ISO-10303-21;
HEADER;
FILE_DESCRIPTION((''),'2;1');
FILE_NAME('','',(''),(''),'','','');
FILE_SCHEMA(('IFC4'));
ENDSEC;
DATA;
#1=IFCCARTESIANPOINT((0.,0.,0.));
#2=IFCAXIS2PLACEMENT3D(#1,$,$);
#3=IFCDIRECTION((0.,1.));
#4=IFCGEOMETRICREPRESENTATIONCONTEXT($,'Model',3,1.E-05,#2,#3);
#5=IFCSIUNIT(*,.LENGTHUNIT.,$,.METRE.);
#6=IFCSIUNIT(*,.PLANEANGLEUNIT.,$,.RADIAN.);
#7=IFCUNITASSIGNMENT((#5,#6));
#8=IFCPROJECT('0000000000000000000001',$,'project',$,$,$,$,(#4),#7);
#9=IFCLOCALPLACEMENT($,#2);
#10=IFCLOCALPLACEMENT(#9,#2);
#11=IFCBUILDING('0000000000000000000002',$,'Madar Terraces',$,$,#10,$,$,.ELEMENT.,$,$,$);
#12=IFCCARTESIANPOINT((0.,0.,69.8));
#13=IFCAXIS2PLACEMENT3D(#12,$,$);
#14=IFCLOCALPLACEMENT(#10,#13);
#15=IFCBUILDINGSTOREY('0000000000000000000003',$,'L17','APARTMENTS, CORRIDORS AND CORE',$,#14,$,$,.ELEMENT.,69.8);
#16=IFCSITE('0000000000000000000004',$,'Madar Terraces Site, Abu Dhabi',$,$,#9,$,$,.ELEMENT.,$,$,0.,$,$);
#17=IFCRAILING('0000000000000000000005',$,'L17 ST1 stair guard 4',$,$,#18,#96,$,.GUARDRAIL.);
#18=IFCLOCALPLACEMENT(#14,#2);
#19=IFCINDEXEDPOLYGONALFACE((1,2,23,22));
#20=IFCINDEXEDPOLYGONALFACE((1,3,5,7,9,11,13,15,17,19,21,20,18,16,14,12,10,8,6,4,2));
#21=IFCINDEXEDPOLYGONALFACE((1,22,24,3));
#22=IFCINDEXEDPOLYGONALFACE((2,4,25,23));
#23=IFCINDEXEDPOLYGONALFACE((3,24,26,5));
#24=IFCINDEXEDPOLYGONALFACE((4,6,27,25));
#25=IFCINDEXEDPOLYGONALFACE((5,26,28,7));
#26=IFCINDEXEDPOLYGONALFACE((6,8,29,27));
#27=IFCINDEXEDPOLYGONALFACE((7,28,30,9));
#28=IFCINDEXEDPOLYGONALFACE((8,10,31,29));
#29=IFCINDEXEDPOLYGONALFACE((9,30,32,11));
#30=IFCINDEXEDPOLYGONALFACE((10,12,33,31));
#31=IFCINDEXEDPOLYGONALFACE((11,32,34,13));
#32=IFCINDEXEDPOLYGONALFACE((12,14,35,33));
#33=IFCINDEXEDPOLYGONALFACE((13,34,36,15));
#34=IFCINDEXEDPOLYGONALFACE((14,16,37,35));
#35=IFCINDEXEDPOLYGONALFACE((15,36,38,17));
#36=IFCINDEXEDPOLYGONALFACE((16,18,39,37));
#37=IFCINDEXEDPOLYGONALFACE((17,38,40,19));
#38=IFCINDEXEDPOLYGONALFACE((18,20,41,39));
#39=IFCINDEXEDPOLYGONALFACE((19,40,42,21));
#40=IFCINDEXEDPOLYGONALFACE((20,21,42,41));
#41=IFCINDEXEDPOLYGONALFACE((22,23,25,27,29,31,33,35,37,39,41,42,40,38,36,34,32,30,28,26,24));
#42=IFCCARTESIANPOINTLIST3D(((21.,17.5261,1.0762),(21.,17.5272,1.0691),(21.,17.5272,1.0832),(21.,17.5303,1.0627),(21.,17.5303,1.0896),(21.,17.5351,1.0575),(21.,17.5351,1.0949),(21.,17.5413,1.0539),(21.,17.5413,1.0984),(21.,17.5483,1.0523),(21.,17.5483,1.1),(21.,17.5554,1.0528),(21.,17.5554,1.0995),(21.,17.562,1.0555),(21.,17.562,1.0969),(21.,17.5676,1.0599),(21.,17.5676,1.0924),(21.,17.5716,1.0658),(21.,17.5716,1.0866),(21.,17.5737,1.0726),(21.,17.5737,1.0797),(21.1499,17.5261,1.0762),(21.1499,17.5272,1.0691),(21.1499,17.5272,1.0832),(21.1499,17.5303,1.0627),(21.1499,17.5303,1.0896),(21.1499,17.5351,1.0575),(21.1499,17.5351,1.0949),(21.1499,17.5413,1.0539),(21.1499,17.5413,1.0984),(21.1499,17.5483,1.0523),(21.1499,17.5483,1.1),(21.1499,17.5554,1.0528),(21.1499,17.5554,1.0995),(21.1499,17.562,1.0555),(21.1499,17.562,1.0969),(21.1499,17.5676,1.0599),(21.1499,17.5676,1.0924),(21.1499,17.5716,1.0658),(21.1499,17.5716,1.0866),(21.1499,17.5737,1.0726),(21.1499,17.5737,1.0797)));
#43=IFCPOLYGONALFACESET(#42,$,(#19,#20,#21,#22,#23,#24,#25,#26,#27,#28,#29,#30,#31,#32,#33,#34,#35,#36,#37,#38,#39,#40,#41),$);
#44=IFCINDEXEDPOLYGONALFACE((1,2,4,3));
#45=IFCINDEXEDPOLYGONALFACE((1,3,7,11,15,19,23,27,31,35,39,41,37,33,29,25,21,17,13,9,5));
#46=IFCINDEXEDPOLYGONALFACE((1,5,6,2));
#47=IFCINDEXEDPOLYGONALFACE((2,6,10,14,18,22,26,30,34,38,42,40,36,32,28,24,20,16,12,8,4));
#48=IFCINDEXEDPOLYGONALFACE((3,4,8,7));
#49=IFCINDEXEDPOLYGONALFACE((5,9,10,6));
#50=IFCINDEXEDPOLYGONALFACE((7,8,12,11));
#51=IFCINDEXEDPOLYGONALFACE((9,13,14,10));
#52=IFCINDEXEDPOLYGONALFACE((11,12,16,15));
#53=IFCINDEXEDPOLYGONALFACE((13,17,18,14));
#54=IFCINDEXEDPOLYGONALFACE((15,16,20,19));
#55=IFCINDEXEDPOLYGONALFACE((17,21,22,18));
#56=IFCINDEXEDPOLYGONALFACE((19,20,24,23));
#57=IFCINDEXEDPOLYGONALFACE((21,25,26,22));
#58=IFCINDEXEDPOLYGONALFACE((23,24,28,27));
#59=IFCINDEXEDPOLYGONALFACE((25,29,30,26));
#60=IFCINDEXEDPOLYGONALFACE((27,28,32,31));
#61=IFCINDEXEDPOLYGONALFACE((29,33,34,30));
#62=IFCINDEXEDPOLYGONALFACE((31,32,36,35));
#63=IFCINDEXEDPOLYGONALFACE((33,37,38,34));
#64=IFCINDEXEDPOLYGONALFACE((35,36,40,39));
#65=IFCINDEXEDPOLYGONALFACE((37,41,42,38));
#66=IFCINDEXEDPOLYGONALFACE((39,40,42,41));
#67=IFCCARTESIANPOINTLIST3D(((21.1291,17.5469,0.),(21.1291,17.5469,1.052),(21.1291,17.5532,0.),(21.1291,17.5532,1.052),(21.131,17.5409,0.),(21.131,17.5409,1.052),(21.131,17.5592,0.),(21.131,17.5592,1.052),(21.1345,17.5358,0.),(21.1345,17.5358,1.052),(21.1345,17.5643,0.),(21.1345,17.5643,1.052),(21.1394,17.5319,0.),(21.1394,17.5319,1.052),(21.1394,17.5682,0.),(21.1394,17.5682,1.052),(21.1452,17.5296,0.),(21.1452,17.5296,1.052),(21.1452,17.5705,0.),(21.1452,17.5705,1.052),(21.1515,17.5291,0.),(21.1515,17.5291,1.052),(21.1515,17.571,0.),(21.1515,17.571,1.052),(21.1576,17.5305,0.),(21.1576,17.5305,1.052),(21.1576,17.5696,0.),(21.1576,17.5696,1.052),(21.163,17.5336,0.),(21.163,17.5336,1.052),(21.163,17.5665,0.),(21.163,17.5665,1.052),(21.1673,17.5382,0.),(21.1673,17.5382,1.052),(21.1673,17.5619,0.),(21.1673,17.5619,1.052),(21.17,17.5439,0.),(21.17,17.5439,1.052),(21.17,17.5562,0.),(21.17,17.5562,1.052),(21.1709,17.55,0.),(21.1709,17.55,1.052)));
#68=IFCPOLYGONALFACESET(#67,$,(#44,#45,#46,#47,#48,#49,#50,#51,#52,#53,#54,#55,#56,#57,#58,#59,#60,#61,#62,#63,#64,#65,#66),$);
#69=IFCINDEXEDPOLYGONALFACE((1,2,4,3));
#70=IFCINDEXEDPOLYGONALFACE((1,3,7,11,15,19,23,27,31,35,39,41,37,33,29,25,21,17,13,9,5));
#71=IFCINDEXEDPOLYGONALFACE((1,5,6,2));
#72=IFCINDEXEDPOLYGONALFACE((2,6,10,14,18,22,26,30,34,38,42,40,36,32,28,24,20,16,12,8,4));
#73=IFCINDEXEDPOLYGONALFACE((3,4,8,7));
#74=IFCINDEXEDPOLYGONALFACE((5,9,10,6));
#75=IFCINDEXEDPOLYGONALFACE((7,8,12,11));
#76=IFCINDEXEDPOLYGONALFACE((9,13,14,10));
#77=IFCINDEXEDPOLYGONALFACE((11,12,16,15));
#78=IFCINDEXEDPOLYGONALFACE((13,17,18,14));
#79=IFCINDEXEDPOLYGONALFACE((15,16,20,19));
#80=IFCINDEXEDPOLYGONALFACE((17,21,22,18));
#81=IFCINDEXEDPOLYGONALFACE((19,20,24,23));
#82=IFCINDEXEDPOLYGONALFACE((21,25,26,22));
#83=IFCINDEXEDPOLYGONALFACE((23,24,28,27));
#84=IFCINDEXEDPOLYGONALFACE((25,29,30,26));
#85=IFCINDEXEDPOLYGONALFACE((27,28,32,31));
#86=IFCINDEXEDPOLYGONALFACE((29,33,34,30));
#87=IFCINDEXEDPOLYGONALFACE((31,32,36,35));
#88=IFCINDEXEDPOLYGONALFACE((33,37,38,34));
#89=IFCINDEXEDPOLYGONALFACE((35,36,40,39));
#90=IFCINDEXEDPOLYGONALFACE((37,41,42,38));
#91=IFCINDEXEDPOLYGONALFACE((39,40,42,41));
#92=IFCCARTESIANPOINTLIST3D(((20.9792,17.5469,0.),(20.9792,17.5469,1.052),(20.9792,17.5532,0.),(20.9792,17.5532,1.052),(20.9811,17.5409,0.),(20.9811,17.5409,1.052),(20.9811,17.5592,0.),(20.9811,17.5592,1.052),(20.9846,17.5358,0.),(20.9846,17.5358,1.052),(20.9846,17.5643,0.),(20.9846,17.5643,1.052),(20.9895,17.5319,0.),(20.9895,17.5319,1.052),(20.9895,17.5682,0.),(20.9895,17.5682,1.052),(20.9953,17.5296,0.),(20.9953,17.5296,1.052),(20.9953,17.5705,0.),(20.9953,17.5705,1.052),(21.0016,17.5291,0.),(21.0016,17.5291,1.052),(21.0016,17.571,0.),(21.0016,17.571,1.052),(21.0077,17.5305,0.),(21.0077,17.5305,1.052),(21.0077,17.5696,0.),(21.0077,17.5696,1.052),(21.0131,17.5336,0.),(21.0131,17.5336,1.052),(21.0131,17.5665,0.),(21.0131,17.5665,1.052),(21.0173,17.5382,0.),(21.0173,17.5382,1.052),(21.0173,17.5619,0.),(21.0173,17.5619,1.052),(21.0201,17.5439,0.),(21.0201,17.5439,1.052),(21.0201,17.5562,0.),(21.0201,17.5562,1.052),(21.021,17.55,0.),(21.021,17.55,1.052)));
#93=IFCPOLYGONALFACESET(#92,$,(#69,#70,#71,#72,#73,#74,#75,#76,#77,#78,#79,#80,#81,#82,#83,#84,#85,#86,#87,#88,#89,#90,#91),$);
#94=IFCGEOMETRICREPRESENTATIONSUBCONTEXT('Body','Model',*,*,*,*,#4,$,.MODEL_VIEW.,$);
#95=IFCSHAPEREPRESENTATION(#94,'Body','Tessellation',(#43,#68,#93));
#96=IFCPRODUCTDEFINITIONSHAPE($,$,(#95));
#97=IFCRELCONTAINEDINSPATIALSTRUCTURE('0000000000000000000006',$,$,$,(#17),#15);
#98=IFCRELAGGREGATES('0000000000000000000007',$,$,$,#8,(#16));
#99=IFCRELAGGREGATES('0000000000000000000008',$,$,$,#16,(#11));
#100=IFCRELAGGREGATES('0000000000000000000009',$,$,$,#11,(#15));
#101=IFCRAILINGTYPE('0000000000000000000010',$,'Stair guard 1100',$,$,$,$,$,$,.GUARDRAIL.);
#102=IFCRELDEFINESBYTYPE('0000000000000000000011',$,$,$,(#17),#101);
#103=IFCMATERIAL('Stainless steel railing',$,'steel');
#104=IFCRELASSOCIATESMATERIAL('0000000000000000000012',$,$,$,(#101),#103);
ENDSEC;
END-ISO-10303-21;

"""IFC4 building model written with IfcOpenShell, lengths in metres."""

from ifc_helpers import new_model, si_unit, direction, frame, origin, origin_2d, place, context, subcontext, project, spatial, circle, extrude, material, type_object, element, save


model = new_model("IFC4")

# Units and contexts
model_context = context("Model", 3, precision=1e-05, world=origin(), true_north=direction((0.0, 1.0)))
body_context = subcontext(model_context, "Body", "Model", "MODEL_VIEW")
ifc_project = project(units=[si_unit("LENGTHUNIT", "METRE"), si_unit("PLANEANGLEUNIT", "RADIAN")], contexts=[model_context])

# Site, building, storey
site_placement = place(None, origin())
site = spatial("IfcSite", under=ifc_project, at=site_placement, Name="Madar Terraces Site, Abu Dhabi", CompositionType="ELEMENT", RefElevation=0.0)
building_placement = place(site_placement, origin())
building = spatial("IfcBuilding", under=site, at=building_placement, Name="Madar Terraces", CompositionType="ELEMENT")
storey_placement = place(building_placement, frame((0.0, 0.0, 69.8)))
storey = spatial("IfcBuildingStorey", under=building, at=storey_placement, Name="L17", Description="APARTMENTS, CORRIDORS AND CORE", CompositionType="ELEMENT", Elevation=69.8)

# Railing
ifc_material_1 = material(Name="Stainless steel railing", Category="steel")
railing_type_1 = type_object("IfcRailingType", Name="Stair guard 1100", PredefinedType="GUARDRAIL", material=ifc_material_1)
railing_1_placement = place(storey_placement, frame((21.1499, 17.55, 0.0)))
element("IfcRailing", 1, at=railing_1_placement, inside=storey, type_object=railing_type_1, Name="L17 ST1 stair guard 4", PredefinedType="GUARDRAIL", context=body_context, shape_type="SweptSolid", body=[
    extrude(circle(Radius=0.0239, at=origin_2d()), frame((0.0, 0.0, 1.0762), z_axis=(-1.0, 0.0, 0.0), x_axis=(0.0, -1.0, 0.0)), (0.0, 0.0, 1.0), 0.1499),
    extrude(circle(Radius=0.021, at=origin_2d()), origin(), (0.0, 0.0, 1.0), 1.052),
    extrude(circle(Radius=0.021, at=origin_2d()), frame((-0.1499, 0.0, 0.0)), (0.0, 0.0, 1.0), 1.052),
])

save(model, "model.ifc")
